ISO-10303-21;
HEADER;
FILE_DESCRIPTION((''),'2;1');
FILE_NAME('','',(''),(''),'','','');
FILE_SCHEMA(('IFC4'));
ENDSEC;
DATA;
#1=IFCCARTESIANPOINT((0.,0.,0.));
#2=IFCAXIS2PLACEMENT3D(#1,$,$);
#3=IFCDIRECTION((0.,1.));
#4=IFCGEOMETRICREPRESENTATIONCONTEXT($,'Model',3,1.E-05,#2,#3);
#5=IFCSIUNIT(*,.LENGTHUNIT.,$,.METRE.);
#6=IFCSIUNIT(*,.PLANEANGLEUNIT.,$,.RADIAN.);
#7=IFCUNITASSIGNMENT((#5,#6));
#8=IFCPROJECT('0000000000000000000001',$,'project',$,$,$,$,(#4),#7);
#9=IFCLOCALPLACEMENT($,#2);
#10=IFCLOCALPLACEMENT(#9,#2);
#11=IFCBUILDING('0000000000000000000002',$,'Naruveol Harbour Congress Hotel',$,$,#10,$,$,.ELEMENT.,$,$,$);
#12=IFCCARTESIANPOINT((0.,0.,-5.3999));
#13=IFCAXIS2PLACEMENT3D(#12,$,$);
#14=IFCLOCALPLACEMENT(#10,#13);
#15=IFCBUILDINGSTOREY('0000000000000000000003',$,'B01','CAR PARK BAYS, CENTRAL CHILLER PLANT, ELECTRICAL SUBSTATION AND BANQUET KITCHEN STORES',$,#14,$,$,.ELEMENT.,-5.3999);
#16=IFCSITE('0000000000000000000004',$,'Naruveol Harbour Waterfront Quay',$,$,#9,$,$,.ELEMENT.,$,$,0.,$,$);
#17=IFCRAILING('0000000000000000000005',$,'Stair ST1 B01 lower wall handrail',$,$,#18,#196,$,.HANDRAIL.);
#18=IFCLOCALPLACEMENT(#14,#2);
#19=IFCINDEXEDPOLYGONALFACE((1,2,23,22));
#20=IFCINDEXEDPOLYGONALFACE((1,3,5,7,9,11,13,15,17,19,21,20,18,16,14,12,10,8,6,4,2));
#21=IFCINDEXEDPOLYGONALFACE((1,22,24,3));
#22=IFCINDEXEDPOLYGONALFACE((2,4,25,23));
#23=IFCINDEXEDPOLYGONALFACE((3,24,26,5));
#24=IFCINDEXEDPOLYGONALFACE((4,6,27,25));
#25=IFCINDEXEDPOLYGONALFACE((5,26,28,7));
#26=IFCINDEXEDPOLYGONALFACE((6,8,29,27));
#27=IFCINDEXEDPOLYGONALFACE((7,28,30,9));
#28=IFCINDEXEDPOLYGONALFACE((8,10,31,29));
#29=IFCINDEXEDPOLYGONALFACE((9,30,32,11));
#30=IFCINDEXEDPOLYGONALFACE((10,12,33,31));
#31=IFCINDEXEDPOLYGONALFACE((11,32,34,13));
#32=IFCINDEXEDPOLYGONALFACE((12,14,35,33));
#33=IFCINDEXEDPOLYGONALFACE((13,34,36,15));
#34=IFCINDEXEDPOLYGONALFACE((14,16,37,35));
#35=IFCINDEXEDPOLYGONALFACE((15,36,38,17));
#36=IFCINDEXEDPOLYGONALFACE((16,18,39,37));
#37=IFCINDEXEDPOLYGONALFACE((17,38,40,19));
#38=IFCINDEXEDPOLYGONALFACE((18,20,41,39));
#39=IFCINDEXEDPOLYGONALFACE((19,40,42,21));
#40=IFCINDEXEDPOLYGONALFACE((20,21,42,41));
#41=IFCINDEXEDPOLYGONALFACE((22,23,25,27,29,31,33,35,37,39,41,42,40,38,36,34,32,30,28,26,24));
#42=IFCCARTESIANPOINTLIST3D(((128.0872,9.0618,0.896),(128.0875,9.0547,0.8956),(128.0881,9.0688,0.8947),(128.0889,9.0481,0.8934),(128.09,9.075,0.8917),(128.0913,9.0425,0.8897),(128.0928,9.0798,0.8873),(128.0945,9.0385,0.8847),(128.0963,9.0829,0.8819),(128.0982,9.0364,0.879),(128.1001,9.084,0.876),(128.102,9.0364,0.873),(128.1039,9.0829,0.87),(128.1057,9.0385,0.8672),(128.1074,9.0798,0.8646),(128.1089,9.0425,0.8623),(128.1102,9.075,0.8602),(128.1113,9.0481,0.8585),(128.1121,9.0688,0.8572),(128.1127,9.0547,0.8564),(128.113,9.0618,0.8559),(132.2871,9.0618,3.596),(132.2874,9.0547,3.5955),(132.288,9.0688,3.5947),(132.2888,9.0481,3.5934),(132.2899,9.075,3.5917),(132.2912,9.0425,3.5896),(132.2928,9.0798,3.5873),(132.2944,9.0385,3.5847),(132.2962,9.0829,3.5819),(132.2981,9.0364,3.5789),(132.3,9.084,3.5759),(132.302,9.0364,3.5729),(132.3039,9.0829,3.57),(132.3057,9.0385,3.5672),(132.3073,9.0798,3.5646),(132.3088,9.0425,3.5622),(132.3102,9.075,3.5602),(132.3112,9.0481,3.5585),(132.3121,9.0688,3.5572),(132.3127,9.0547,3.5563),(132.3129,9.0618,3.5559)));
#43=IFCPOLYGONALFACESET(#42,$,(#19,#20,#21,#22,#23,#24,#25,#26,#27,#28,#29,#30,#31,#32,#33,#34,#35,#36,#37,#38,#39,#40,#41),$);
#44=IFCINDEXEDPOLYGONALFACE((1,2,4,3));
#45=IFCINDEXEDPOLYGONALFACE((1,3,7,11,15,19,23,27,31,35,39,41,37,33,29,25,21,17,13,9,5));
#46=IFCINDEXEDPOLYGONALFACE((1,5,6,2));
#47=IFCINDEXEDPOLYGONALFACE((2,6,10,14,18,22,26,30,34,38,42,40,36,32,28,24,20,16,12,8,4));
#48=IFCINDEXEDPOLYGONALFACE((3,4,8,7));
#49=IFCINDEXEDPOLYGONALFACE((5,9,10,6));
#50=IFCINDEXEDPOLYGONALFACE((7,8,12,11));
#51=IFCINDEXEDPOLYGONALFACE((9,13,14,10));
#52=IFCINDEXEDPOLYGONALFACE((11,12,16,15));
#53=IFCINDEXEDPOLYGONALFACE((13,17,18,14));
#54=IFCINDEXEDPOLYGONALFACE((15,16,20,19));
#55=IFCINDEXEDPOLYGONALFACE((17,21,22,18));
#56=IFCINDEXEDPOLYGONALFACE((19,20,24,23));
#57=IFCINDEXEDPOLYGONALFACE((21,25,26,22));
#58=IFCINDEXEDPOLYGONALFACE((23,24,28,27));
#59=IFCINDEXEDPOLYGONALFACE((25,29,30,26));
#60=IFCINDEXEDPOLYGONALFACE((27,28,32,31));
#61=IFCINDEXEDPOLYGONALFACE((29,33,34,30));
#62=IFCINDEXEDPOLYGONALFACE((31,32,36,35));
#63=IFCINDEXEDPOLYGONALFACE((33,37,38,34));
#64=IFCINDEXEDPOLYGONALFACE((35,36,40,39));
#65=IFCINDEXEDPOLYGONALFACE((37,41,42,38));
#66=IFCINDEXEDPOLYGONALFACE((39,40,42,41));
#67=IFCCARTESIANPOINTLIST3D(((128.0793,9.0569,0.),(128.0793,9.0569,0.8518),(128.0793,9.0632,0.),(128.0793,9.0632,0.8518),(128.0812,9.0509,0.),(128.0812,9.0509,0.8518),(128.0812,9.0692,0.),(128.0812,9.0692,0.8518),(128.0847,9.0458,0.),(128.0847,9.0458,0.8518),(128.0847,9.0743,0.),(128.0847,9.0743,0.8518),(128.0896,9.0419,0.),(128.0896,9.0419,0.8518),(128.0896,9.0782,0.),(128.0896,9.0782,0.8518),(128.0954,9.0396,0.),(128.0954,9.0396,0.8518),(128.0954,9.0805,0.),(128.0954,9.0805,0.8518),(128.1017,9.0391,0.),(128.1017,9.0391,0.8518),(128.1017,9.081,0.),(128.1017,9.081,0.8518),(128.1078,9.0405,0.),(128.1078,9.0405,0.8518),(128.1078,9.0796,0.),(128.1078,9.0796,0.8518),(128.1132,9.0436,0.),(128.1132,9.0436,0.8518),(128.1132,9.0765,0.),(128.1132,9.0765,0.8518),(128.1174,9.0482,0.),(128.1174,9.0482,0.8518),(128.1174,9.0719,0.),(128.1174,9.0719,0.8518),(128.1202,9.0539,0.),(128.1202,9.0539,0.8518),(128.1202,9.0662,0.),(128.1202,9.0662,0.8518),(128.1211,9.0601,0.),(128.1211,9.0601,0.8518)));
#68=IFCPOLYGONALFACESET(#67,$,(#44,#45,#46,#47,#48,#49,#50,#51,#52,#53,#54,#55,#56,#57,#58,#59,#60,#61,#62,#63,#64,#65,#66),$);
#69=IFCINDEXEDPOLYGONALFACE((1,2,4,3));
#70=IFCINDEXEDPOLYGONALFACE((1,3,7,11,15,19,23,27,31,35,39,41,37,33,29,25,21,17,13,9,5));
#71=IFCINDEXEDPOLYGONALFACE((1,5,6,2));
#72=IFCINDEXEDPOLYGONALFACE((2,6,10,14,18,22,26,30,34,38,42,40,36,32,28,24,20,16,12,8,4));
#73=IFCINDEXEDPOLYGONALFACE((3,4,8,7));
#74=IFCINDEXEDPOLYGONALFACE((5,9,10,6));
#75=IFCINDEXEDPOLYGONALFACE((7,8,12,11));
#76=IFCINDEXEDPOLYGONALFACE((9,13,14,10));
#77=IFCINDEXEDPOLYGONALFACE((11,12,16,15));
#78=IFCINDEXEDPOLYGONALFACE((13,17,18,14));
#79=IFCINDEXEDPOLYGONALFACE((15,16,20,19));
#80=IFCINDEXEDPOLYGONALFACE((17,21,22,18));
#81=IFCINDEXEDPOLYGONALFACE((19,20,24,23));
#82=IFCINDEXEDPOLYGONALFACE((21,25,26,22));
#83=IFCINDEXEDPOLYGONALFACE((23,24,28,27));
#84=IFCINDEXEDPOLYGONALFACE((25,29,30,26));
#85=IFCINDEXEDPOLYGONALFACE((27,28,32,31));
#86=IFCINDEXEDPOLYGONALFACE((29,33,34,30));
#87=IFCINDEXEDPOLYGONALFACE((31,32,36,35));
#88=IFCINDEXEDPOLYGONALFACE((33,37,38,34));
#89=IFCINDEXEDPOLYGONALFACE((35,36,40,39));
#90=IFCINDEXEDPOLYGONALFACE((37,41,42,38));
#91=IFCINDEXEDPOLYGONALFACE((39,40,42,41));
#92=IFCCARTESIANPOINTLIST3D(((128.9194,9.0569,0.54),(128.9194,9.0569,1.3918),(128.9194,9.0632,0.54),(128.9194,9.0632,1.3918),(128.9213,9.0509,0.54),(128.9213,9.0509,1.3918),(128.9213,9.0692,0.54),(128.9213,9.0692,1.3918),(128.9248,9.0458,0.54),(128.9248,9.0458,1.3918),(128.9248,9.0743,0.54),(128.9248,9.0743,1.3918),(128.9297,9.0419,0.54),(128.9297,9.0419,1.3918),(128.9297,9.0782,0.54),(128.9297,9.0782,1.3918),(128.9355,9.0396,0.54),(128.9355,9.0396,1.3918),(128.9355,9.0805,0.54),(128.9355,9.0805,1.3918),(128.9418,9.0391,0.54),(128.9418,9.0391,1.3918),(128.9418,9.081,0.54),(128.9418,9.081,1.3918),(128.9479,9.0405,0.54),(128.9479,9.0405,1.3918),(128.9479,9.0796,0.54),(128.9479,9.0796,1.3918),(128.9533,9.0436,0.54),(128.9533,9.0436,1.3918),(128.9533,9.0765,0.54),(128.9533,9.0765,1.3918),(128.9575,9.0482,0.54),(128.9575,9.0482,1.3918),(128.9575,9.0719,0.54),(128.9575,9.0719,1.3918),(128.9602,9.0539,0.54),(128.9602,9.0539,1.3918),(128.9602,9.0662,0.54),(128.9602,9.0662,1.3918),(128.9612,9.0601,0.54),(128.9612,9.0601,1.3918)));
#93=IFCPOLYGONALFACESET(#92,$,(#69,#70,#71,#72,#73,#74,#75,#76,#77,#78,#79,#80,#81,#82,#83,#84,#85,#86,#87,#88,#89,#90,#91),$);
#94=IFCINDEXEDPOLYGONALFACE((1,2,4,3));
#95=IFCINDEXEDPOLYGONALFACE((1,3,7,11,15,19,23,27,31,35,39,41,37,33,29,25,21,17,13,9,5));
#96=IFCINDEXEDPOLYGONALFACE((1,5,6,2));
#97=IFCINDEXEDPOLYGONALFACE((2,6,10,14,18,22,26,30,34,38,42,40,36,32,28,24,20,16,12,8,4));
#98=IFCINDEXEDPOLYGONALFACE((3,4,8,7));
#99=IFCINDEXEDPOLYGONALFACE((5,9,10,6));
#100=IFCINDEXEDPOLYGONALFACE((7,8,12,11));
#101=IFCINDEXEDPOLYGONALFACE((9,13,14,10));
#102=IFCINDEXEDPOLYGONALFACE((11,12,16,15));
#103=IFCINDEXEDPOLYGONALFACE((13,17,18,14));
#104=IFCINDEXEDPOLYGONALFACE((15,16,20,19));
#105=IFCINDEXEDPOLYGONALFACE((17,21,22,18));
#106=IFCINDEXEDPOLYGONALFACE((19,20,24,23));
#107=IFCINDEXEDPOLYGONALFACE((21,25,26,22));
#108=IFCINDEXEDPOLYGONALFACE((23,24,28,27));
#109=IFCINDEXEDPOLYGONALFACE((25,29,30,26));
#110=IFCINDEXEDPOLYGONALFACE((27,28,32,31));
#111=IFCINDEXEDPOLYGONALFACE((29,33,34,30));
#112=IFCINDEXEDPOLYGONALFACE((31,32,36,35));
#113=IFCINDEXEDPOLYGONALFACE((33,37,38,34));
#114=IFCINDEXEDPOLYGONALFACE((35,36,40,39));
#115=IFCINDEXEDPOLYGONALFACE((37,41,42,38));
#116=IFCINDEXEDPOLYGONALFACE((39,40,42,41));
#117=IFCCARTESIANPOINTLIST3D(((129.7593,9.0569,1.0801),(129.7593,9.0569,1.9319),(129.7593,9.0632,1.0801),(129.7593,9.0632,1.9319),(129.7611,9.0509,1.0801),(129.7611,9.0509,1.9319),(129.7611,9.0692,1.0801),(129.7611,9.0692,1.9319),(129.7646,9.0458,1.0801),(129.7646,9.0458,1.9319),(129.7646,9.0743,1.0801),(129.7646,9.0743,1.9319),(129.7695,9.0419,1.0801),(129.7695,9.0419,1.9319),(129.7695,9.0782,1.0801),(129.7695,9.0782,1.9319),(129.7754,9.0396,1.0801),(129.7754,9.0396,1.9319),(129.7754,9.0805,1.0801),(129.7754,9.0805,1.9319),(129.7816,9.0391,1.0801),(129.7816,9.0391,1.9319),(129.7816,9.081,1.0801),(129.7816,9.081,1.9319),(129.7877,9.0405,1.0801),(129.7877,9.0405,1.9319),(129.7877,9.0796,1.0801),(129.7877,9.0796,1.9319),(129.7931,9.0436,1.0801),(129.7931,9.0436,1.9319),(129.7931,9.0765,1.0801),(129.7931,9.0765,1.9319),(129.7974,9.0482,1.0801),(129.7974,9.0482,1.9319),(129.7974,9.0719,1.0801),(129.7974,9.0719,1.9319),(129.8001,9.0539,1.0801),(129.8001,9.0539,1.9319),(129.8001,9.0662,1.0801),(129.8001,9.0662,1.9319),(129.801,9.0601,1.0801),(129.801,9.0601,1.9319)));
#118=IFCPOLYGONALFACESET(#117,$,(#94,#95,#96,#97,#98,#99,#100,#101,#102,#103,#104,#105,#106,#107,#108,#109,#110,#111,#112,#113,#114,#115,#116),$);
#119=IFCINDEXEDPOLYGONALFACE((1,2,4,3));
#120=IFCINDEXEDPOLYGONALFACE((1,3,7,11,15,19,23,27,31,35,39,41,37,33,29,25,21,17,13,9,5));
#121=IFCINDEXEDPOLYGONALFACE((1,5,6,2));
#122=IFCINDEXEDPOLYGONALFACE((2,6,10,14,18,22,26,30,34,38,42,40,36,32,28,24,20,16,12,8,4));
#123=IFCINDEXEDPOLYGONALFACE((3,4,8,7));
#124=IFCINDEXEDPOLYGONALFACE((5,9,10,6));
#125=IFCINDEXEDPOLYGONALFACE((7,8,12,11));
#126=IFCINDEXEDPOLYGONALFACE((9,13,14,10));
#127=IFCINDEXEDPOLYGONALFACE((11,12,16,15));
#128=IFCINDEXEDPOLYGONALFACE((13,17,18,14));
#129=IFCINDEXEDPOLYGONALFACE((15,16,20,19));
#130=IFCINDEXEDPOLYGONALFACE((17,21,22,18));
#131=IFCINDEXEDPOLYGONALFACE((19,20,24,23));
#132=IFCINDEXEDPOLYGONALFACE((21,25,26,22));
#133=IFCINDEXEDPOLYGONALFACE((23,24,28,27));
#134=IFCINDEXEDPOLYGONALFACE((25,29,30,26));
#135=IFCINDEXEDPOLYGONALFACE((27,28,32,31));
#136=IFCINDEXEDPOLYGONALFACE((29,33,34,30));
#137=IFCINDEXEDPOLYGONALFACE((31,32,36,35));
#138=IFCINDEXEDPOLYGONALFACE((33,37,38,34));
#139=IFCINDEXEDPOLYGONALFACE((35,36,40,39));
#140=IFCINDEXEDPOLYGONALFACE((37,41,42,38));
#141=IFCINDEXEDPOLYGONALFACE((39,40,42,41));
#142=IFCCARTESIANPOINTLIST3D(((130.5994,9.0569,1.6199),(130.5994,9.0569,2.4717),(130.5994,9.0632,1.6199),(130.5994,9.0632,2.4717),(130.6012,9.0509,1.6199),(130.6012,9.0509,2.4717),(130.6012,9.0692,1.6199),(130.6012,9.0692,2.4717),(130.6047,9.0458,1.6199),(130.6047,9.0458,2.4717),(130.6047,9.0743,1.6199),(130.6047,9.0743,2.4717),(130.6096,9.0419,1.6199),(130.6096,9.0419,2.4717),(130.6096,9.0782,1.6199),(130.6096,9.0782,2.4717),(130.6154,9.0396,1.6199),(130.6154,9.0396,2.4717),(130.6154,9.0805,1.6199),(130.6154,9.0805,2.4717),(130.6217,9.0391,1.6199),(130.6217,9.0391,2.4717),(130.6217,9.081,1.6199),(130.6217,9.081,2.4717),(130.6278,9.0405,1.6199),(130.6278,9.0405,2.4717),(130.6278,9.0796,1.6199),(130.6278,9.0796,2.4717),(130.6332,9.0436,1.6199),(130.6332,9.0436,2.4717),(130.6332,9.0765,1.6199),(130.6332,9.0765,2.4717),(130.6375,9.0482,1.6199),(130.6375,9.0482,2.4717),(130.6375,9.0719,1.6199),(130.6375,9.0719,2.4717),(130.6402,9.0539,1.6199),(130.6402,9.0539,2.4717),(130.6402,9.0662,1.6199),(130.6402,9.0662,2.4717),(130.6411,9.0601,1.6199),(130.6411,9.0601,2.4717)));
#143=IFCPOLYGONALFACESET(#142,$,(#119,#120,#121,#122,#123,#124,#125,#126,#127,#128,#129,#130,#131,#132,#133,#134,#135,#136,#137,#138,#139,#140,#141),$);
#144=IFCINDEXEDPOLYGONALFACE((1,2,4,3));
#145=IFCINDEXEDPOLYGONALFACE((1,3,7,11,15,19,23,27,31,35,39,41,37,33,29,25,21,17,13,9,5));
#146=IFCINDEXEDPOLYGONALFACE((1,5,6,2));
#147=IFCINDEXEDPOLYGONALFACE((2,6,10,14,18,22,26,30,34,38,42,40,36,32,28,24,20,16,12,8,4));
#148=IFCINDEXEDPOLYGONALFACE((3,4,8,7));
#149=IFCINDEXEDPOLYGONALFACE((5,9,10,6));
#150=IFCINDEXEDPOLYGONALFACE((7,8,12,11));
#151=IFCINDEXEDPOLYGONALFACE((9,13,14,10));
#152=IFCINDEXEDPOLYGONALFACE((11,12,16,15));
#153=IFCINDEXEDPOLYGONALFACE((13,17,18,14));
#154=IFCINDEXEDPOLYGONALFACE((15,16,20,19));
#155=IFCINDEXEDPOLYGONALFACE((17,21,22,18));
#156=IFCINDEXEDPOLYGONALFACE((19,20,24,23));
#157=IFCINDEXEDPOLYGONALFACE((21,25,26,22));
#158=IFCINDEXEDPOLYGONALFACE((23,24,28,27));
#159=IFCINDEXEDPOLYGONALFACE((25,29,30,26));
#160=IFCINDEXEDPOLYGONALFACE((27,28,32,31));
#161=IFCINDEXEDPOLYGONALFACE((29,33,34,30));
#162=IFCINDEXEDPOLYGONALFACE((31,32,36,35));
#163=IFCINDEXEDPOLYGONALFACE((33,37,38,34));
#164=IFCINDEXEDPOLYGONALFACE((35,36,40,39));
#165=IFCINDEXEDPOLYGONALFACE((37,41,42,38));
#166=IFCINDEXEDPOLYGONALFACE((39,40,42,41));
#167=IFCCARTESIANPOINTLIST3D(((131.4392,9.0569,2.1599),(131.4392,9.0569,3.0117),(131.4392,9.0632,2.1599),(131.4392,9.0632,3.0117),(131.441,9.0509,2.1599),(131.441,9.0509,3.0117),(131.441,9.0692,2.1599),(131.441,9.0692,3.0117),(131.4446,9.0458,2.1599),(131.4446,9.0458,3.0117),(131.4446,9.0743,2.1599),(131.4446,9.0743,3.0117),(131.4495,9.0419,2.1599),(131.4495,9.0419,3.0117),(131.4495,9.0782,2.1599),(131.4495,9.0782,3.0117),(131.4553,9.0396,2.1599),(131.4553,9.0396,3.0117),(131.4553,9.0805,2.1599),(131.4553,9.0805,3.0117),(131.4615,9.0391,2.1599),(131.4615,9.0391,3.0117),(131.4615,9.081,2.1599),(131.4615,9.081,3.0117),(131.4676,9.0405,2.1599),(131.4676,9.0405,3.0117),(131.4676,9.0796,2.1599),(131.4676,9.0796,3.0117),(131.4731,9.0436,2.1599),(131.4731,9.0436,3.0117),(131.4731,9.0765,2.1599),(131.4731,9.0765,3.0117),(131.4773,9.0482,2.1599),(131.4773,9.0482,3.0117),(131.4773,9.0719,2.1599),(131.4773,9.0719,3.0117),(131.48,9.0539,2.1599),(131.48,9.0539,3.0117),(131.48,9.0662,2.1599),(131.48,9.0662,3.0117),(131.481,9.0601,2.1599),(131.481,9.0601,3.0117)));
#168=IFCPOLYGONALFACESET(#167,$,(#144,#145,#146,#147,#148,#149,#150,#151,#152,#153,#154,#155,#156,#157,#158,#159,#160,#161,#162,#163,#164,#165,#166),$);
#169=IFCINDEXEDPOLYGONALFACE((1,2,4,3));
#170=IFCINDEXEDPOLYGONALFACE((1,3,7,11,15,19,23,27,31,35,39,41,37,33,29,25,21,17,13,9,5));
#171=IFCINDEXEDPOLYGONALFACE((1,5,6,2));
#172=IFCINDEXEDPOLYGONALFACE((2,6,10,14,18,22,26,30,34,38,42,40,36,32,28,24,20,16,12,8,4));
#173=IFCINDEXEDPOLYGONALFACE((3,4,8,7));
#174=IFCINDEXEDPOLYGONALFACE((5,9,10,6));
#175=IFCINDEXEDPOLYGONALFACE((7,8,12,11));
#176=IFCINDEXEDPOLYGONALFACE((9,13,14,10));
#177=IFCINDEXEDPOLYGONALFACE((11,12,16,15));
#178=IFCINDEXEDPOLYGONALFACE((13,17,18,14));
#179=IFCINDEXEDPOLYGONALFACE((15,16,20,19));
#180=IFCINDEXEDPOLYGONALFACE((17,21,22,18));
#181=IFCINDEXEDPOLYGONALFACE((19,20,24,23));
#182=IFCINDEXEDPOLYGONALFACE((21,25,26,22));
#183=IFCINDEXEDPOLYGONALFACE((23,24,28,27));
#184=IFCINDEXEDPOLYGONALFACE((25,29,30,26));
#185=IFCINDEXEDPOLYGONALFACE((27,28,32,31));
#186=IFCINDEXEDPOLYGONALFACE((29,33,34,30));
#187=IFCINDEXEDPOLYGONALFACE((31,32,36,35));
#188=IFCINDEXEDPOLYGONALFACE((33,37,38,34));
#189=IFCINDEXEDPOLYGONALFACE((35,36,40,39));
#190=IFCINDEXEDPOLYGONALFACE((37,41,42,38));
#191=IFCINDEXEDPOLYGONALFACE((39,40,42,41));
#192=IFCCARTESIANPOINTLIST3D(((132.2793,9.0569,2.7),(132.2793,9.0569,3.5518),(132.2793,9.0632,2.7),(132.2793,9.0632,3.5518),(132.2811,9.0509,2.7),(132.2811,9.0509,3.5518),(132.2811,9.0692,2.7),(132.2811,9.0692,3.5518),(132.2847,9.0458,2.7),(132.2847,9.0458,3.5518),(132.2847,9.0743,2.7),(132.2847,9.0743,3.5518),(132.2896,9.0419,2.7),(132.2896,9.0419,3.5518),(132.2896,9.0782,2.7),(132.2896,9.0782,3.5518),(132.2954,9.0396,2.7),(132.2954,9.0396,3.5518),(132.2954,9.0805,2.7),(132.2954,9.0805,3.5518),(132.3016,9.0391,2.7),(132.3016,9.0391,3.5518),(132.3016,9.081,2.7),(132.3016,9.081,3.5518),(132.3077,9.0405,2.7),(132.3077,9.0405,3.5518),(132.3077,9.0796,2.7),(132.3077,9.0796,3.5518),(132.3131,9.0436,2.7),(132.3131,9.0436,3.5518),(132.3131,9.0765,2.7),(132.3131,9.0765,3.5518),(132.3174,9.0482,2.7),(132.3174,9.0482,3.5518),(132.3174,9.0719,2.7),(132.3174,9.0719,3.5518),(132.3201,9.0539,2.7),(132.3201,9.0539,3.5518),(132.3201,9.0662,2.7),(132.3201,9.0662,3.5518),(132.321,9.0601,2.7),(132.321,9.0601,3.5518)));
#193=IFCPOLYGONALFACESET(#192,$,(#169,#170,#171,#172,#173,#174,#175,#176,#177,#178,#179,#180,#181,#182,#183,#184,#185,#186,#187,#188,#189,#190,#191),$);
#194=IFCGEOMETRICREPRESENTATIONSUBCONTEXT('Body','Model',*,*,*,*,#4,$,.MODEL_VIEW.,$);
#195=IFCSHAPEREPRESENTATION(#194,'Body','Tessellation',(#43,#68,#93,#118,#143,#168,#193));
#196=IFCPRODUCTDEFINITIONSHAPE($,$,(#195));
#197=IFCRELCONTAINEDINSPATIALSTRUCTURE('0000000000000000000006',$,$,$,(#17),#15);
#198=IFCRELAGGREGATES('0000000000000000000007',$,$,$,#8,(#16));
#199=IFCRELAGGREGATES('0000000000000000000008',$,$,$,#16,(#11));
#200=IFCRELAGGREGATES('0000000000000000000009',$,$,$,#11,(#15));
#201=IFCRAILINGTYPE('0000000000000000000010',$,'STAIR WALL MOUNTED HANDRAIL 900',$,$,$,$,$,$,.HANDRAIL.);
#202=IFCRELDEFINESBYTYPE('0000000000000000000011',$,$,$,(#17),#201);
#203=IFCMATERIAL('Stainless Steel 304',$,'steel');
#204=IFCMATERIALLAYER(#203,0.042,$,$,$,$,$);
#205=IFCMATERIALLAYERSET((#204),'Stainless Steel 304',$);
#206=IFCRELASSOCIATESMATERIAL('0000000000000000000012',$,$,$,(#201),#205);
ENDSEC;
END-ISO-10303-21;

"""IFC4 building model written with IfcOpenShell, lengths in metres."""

from ifc_helpers import new_model, si_unit, direction, frame, origin, origin_2d, place, context, subcontext, project, spatial, circle, extrude, material, layer, layer_set, type_object, element, save


model = new_model("IFC4")

# Units and contexts
model_context = context("Model", 3, precision=1e-05, world=origin(), true_north=direction((0.0, 1.0)))
body_context = subcontext(model_context, "Body", "Model", "MODEL_VIEW")
ifc_project = project(units=[si_unit("LENGTHUNIT", "METRE"), si_unit("PLANEANGLEUNIT", "RADIAN")], contexts=[model_context])

# Site, building, storey
site_placement = place(None, origin())
site = spatial("IfcSite", under=ifc_project, at=site_placement, Name="Naruveol Harbour Waterfront Quay", CompositionType="ELEMENT", RefElevation=0.0)
building_placement = place(site_placement, origin())
building = spatial("IfcBuilding", under=site, at=building_placement, Name="Naruveol Harbour Congress Hotel", CompositionType="ELEMENT")
storey_placement = place(building_placement, frame((0.0, 0.0, -5.3999)))
storey = spatial("IfcBuildingStorey", under=building, at=storey_placement, Name="B01", Description="CAR PARK BAYS, CENTRAL CHILLER PLANT, ELECTRICAL SUBSTATION AND BANQUET KITCHEN STORES", CompositionType="ELEMENT", Elevation=-5.3999)

# Railing
ifc_material_1 = material(Name="Stainless Steel 304", Category="steel")
ifc_layer_1 = layer(ifc_material_1, 0.042)
ifc_layer_set_1 = layer_set([ifc_layer_1], Name="Stainless Steel 304")
railing_type_1 = type_object("IfcRailingType", Name="STAIR WALL MOUNTED HANDRAIL 900", PredefinedType="HANDRAIL", material=ifc_layer_set_1)
railing_1_placement = place(storey_placement, frame((128.1001, 9.0601, 0.0)))
element("IfcRailing", 1, at=railing_1_placement, inside=storey, type_object=railing_type_1, Name="Stair ST1 B01 lower wall handrail", PredefinedType="HANDRAIL", context=body_context, shape_type="SweptSolid", body=[
    extrude(circle(Radius=0.0239, at=origin_2d()), frame((0.0, 0.0, 0.876), z_axis=(0.84118, 0.0, 0.540755), x_axis=(0.0, 1.0, 0.0)), (0.0, 0.0, 1.0), 4.9929),
    extrude(circle(Radius=0.021, at=origin_2d()), origin(), (0.0, 0.0, 1.0), 0.8518),
    extrude(circle(Radius=0.021, at=origin_2d()), frame((0.8401, 0.0, 0.54)), (0.0, 0.0, 1.0), 0.8518),
    extrude(circle(Radius=0.021, at=origin_2d()), frame((1.6799, 0.0, 1.0801)), (0.0, 0.0, 1.0), 0.8518),
    extrude(circle(Radius=0.021, at=origin_2d()), frame((2.52, 0.0, 1.6199)), (0.0, 0.0, 1.0), 0.8518),
    extrude(circle(Radius=0.021, at=origin_2d()), frame((3.3599, 0.0, 2.1599)), (0.0, 0.0, 1.0), 0.8518),
    extrude(circle(Radius=0.021, at=origin_2d()), frame((4.2, 0.0, 2.7)), (0.0, 0.0, 1.0), 0.8518),
])

save(model, "model.ifc")
